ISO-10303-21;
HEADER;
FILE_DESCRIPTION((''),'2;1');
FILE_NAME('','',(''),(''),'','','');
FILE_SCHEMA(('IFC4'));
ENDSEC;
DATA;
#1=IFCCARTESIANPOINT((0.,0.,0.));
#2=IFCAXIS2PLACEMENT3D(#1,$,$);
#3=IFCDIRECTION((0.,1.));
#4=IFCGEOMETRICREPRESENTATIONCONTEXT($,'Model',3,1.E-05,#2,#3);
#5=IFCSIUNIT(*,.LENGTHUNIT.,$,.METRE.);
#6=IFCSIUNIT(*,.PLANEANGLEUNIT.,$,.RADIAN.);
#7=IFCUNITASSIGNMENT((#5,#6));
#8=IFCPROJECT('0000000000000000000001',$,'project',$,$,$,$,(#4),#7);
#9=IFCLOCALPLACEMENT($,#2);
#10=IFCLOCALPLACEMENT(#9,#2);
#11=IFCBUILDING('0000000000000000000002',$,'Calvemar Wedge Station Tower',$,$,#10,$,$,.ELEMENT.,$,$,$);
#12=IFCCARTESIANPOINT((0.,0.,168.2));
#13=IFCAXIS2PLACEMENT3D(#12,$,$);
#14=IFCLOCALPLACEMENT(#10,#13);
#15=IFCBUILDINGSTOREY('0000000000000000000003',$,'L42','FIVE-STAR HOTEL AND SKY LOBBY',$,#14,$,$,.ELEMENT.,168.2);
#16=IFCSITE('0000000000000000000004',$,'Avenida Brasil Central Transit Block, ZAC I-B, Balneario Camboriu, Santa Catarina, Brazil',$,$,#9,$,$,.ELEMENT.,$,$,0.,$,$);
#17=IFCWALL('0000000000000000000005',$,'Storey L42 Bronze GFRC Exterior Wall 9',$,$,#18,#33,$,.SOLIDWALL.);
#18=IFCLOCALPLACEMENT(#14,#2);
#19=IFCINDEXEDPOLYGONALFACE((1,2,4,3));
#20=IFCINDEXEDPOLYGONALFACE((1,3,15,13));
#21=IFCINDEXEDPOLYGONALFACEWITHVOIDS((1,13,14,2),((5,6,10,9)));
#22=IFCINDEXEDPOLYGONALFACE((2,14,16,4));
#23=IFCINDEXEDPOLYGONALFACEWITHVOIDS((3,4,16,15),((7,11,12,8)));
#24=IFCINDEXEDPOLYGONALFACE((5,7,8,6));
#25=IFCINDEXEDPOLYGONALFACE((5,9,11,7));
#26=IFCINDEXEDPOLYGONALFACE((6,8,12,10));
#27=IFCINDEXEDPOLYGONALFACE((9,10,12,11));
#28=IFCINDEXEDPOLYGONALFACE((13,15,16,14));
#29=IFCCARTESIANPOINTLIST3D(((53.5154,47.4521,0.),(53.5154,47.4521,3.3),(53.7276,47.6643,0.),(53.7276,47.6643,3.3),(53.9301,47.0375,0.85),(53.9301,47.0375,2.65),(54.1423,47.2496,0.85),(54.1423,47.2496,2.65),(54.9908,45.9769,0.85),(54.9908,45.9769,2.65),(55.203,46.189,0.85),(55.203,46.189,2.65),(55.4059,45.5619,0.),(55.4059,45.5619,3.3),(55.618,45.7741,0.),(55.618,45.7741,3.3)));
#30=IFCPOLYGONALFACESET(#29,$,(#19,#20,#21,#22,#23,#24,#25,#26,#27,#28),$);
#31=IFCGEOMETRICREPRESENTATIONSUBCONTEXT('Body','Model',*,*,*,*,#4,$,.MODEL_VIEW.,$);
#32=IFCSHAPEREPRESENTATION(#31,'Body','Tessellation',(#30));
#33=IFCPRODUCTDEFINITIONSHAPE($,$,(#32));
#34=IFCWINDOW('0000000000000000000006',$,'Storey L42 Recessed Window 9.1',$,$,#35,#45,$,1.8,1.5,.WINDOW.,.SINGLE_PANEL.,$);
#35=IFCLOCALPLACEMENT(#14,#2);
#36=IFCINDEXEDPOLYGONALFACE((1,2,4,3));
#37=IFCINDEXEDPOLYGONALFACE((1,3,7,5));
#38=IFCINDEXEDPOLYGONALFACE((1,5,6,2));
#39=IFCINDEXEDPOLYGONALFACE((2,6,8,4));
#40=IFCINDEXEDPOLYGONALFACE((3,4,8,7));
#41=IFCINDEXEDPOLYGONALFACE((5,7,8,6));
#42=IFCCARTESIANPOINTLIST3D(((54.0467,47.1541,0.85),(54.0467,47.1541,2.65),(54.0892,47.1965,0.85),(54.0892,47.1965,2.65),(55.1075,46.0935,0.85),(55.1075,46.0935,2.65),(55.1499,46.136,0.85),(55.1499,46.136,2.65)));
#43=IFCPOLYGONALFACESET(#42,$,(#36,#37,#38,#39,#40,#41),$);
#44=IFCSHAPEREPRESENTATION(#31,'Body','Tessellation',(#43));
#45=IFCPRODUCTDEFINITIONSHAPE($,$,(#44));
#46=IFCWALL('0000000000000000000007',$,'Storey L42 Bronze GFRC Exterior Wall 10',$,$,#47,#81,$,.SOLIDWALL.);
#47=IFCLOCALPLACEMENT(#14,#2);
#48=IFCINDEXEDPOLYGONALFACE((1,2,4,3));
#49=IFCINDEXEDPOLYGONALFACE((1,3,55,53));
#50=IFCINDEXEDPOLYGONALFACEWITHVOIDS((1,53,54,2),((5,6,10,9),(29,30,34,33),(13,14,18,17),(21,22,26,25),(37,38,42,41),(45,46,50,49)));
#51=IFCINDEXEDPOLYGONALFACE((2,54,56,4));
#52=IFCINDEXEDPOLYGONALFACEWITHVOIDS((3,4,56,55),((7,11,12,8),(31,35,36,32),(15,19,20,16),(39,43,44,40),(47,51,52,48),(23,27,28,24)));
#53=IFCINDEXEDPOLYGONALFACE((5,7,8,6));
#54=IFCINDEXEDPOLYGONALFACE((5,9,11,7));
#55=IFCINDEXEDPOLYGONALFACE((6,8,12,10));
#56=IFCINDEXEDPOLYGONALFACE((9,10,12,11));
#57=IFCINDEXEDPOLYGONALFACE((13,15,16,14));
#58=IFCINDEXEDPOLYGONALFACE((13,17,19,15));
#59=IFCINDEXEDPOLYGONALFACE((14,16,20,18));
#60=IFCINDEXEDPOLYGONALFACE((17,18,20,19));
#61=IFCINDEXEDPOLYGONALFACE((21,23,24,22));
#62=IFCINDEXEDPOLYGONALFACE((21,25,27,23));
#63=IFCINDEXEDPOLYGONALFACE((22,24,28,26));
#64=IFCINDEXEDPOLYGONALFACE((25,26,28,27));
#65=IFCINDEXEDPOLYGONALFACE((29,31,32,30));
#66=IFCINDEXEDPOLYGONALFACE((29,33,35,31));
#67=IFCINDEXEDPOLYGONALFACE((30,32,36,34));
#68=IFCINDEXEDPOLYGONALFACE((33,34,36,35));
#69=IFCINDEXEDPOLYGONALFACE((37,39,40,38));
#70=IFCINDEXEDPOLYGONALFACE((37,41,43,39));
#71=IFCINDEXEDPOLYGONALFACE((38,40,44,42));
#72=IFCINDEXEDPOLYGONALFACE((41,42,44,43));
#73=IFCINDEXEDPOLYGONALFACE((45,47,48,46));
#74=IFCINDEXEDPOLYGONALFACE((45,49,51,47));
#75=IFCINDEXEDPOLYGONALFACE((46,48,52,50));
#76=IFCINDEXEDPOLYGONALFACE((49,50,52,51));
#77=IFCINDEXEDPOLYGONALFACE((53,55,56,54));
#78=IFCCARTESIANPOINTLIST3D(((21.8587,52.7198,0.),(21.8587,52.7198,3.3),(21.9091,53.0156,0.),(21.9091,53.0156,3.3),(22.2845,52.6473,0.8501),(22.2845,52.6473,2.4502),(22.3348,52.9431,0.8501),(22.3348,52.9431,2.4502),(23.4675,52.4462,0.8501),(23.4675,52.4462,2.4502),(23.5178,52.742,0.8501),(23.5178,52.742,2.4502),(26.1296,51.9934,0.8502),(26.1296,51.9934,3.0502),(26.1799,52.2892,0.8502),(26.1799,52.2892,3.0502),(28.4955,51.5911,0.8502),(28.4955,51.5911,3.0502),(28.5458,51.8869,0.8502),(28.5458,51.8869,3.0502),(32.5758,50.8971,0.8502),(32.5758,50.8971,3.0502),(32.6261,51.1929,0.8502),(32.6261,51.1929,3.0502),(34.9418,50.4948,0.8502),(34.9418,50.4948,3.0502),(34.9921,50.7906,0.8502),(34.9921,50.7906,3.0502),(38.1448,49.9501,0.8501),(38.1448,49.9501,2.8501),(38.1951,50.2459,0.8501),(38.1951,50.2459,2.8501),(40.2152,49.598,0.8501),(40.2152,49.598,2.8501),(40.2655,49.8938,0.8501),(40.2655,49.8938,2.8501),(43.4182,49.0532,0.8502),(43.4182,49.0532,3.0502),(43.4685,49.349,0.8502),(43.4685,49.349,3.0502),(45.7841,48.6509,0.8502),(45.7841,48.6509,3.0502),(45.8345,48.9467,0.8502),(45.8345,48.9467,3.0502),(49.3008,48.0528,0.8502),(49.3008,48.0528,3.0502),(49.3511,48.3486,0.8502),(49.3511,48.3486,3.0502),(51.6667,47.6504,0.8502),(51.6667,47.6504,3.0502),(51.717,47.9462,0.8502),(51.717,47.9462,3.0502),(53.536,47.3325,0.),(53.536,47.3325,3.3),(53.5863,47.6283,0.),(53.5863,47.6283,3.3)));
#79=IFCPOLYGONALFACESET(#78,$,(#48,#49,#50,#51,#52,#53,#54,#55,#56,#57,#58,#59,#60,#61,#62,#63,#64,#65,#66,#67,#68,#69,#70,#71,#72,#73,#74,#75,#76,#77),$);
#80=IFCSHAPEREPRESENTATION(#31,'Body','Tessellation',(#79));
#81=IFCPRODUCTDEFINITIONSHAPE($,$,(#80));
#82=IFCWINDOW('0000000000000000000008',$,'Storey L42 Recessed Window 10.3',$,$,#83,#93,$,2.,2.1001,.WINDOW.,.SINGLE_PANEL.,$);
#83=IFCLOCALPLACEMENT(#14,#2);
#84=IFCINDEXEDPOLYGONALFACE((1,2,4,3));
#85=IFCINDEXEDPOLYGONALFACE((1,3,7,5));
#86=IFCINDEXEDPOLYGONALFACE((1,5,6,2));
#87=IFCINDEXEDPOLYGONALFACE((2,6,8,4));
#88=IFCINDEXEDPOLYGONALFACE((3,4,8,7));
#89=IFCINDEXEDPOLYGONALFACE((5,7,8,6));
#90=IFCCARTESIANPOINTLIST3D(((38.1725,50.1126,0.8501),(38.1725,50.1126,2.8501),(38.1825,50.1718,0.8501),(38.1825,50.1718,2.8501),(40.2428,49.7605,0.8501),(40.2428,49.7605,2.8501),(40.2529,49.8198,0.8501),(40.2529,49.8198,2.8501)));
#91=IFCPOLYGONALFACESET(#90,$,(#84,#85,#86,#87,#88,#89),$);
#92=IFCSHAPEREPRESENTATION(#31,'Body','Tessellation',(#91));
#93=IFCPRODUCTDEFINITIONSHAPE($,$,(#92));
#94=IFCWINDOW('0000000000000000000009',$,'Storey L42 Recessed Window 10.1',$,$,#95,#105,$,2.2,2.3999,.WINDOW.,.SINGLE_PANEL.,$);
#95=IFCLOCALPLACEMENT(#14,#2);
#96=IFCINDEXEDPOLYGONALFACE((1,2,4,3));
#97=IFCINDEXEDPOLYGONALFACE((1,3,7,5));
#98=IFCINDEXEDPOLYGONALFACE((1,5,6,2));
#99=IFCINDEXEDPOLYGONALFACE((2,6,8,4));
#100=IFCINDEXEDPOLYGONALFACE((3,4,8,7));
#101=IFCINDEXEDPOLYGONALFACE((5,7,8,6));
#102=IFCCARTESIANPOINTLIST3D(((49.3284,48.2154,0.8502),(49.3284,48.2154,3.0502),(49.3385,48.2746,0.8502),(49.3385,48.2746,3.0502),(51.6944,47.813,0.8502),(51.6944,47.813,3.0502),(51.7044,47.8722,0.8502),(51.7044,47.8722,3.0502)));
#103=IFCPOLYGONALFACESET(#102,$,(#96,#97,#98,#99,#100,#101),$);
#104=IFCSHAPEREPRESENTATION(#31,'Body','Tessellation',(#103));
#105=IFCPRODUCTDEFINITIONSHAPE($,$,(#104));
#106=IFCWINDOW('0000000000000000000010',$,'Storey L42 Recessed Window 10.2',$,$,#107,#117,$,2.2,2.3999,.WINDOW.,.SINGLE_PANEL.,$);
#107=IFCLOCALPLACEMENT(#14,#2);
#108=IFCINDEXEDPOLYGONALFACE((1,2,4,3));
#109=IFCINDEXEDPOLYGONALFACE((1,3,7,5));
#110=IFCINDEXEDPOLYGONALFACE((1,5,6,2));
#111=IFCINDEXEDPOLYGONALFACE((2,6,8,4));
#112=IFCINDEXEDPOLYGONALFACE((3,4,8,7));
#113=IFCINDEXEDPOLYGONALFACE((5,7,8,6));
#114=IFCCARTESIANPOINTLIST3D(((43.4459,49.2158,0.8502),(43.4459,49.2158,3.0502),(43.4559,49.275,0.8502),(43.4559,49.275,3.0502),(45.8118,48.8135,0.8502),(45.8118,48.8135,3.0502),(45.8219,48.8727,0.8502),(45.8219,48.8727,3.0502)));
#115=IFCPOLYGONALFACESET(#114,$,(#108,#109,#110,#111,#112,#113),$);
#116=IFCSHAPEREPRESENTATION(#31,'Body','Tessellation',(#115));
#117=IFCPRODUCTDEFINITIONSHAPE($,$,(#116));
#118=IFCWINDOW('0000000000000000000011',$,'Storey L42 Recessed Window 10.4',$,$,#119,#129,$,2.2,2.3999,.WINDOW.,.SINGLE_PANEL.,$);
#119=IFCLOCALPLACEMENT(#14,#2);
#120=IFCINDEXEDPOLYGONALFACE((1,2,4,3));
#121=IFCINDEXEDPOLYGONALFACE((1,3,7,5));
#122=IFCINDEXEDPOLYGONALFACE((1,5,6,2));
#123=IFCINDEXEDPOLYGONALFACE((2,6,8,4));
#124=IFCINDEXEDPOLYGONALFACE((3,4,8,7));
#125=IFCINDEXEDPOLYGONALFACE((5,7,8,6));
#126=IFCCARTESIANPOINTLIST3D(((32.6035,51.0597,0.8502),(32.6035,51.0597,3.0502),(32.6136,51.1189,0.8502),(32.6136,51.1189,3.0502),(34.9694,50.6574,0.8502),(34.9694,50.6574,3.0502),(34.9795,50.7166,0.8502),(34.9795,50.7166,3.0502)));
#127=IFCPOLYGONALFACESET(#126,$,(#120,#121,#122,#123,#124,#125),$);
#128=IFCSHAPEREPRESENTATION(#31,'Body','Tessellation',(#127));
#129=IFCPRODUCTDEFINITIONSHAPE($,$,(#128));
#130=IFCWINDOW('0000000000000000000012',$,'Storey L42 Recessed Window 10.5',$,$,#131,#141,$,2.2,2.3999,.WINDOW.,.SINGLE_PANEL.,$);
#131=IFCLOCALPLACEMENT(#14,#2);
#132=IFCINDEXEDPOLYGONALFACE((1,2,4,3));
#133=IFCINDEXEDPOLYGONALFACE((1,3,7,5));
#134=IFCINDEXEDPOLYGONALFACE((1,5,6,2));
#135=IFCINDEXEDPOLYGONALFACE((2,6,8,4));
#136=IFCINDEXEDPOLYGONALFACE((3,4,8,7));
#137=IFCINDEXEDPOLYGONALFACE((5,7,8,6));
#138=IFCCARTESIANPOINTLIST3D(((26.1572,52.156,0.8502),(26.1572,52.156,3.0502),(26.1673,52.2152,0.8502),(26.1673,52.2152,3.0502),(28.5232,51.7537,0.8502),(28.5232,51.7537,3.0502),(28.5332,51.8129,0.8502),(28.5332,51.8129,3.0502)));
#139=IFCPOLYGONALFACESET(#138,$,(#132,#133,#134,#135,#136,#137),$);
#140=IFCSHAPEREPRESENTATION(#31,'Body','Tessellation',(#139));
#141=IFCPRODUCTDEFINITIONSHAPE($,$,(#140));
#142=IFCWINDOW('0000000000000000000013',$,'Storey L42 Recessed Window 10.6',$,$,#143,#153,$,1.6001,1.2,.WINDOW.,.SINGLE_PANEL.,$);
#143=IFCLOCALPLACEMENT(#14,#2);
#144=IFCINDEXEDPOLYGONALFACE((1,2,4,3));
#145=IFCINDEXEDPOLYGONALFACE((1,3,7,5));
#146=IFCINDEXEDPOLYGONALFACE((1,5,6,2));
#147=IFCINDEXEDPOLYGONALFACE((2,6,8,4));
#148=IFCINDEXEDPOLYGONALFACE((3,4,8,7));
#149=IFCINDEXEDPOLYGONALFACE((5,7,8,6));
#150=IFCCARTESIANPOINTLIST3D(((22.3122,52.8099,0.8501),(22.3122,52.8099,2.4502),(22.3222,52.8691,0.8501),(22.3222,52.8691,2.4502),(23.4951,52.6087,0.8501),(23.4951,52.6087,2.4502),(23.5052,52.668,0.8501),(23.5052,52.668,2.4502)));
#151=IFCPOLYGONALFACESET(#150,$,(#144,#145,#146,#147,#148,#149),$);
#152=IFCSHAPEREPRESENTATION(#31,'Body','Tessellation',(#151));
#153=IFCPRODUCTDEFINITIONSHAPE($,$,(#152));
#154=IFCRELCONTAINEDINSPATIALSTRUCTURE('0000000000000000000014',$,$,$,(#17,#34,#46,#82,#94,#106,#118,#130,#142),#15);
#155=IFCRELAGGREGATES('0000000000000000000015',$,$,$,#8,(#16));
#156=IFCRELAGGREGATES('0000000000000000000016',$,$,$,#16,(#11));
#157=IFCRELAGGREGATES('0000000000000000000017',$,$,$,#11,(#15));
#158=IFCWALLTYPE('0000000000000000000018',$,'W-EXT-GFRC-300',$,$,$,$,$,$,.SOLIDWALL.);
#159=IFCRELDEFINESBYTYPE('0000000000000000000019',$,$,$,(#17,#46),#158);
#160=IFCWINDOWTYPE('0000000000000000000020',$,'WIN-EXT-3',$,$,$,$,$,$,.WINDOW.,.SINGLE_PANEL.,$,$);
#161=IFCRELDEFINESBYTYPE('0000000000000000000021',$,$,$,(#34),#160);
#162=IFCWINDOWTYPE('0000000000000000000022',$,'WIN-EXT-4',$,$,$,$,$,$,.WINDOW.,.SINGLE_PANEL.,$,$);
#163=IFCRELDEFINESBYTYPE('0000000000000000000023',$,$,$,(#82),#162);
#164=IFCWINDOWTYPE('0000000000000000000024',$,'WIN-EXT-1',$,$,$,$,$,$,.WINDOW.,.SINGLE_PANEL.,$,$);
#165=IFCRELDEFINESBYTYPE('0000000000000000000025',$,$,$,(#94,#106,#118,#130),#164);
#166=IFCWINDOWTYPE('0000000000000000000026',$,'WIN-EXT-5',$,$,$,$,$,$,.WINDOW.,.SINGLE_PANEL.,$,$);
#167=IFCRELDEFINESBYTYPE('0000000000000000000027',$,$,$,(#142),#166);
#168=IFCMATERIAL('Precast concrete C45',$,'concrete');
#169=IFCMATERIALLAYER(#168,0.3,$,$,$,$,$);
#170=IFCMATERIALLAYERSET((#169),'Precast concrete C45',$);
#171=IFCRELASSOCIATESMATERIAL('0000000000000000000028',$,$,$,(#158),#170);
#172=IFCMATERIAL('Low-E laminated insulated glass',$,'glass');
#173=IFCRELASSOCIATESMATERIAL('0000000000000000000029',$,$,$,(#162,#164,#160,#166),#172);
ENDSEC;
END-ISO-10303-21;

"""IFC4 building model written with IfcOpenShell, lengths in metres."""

from ifc_helpers import new_model, si_unit, direction, frame, frame_2d, origin, place, context, subcontext, project, spatial, rectangle, extrude, source, transform, mapped, material, layer, layer_set, type_object, element, fill, save


model = new_model("IFC4")

# Units and contexts
model_context = context("Model", 3, precision=1e-05, world=origin(), true_north=direction((0.0, 1.0)))
body_context = subcontext(model_context, "Body", "Model", "MODEL_VIEW")
ifc_project = project(units=[si_unit("LENGTHUNIT", "METRE"), si_unit("PLANEANGLEUNIT", "RADIAN")], contexts=[model_context])

# Site, building, storey
site_placement = place(None, origin())
site = spatial("IfcSite", under=ifc_project, at=site_placement, Name="Avenida Brasil Central Transit Block, ZAC I-B, Balneario Camboriu, Santa Catarina, Brazil", CompositionType="ELEMENT", RefElevation=0.0)
building_placement = place(site_placement, origin())
building = spatial("IfcBuilding", under=site, at=building_placement, Name="Calvemar Wedge Station Tower", CompositionType="ELEMENT")
storey_placement = place(building_placement, frame((0.0, 0.0, 168.2)))
storey = spatial("IfcBuildingStorey", under=building, at=storey_placement, Name="L42", Description="FIVE-STAR HOTEL AND SKY LOBBY", CompositionType="ELEMENT", Elevation=168.2)

# Shared definitions
ifc_material_1 = material(Name="Precast concrete C45", Category="concrete")
ifc_layer_1 = layer(ifc_material_1, 0.3)
ifc_layer_set_1 = layer_set([ifc_layer_1], Name="Precast concrete C45")
wall_type_1 = type_object("IfcWallType", Name="W-EXT-GFRC-300", PredefinedType="SOLIDWALL", material=ifc_layer_set_1)
shared_shape_1 = source(origin(), body_context, "Body", "SweptSolid", [
    extrude(rectangle(XDim=2.1001, YDim=2.0, at=frame_2d((1.05, 1.0))), frame((0.0, 0.1602, 0.0), z_axis=(0.0, -1.0, 0.0), x_axis=(1.0, 0.0, 0.0)), (0.0, 0.0, 1.0), 0.3201),
])
ifc_material_2 = material(Name="Low-E laminated insulated glass", Category="glass")
window_type_1 = type_object("IfcWindowType", Name="WIN-EXT-4", PartitioningType="SINGLE_PANEL", PredefinedType="WINDOW", material=ifc_material_2)
shared_shape_2 = source(origin(), body_context, "Body", "SweptSolid", [
    extrude(rectangle(XDim=2.1001, YDim=2.0, at=frame_2d((1.05, 1.0))), frame((0.0, -0.0149, 0.0), z_axis=(0.0, -1.0, 0.0), x_axis=(1.0, 0.0, 0.0)), (0.0, 0.0, 1.0), 0.0601),
])

# Shared definitions
shared_shape_3 = source(origin(), body_context, "Body", "SweptSolid", [
    extrude(rectangle(XDim=2.3999, YDim=2.2, at=frame_2d((1.2, 1.1001))), frame((0.0, 0.1602, 0.0), z_axis=(0.0, -1.0, 0.0), x_axis=(1.0, 0.0, 0.0)), (0.0, 0.0, 1.0), 0.3201),
])
window_type_2 = type_object("IfcWindowType", Name="WIN-EXT-1", PartitioningType="SINGLE_PANEL", PredefinedType="WINDOW", material=ifc_material_2)
shared_shape_4 = source(origin(), body_context, "Body", "SweptSolid", [
    extrude(rectangle(XDim=2.3999, YDim=2.2, at=frame_2d((1.2, 1.1001))), frame((0.0, -0.0149, 0.0), z_axis=(0.0, -1.0, 0.0), x_axis=(1.0, 0.0, 0.0)), (0.0, 0.0, 1.0), 0.0601),
])

# Wall, opening, window
wall_1_placement = place(storey_placement, frame((55.512, 45.668, 0.0), z_axis=(0.0, 0.0, 1.0), x_axis=(-0.707152, 0.707061, 0.0)))
wall_1 = element("IfcWall", 1, at=wall_1_placement, inside=storey, type_object=wall_type_1, Name="Storey L42 Bronze GFRC Exterior Wall 9", PredefinedType="SOLIDWALL", context=body_context, shape_type="SweptSolid", body=[
    extrude(rectangle(XDim=2.6733, YDim=0.3, at=frame_2d((1.3367, 0.0))), origin(), (0.0, 0.0, 1.0), 3.3),
])
shared_shape_5 = source(origin(), body_context, "Body", "SweptSolid", [
    extrude(rectangle(XDim=1.5, YDim=1.8, at=frame_2d((0.75, 0.8999))), frame((0.0, 0.1602, 0.0), z_axis=(0.0, -1.0, 0.0), x_axis=(1.0, 0.0, 0.0)), (0.0, 0.0, 1.0), 0.3201),
])
opening_1_placement = place(wall_1_placement, frame((0.5869, 0.0, 0.8501)))
opening_1 = element("IfcOpeningElement", 2, at=opening_1_placement, cuts=wall_1, PredefinedType="OPENING", context=body_context, shape_type="MappedRepresentation", body=[
    mapped(shared_shape_5, transform((0.0, 0.0, 0.0), scale=1.0)),
])
window_type_3 = type_object("IfcWindowType", Name="WIN-EXT-3", PartitioningType="SINGLE_PANEL", PredefinedType="WINDOW", material=ifc_material_2)
shared_shape_6 = source(origin(), body_context, "Body", "SweptSolid", [
    extrude(rectangle(XDim=1.5, YDim=1.8, at=frame_2d((0.75, 0.8999))), frame((0.0, -0.0149, 0.0), z_axis=(0.0, -1.0, 0.0), x_axis=(1.0, 0.0, 0.0)), (0.0, 0.0, 1.0), 0.0601),
])
window_1_placement = place(opening_1_placement, origin())
window_1 = element("IfcWindow", 3, at=window_1_placement, inside=storey, type_object=window_type_3, Name="Storey L42 Recessed Window 9.1", OverallHeight=1.8, OverallWidth=1.5, PartitioningType="SINGLE_PANEL", PredefinedType="WINDOW", context=body_context, shape_type="MappedRepresentation", body=[
    mapped(shared_shape_6, transform((0.0, 0.0, 0.0), scale=1.0)),
])
fill(opening_1, window_1)

# Wall, openings, windows
wall_2_placement = place(storey_placement, frame((53.561, 47.4805, 0.0), z_axis=(0.0, 0.0, 1.0), x_axis=(-0.985845, 0.167658, 0.0)))
wall_2 = element("IfcWall", 4, at=wall_2_placement, inside=storey, type_object=wall_type_1, Name="Storey L42 Bronze GFRC Exterior Wall 10", PredefinedType="SOLIDWALL", context=body_context, shape_type="SweptSolid", body=[
    extrude(rectangle(XDim=32.1321, YDim=0.3, at=frame_2d((16.0659, 0.0))), origin(), (0.0, 0.0, 1.0), 3.3),
])
opening_2_placement = place(wall_2_placement, frame((1.896, 0.0, 0.8501)))
opening_2 = element("IfcOpeningElement", 5, at=opening_2_placement, cuts=wall_2, PredefinedType="OPENING", context=body_context, shape_type="MappedRepresentation", body=[
    mapped(shared_shape_3, transform((0.0, 0.0, 0.0), scale=1.0)),
])
opening_3_placement = place(wall_2_placement, frame((7.863, 0.0, 0.8501)))
opening_3 = element("IfcOpeningElement", 6, at=opening_3_placement, cuts=wall_2, PredefinedType="OPENING", context=body_context, shape_type="MappedRepresentation", body=[
    mapped(shared_shape_3, transform((0.0, 0.0, 0.0), scale=1.0)),
])
opening_4_placement = place(wall_2_placement, frame((13.512, 0.0, 0.8501)))
opening_4 = element("IfcOpeningElement", 7, at=opening_4_placement, cuts=wall_2, PredefinedType="OPENING", context=body_context, shape_type="MappedRepresentation", body=[
    mapped(shared_shape_1, transform((0.0, 0.0, 0.0), scale=1.0)),
])
opening_5_placement = place(wall_2_placement, frame((18.8611, 0.0, 0.8501)))
opening_5 = element("IfcOpeningElement", 8, at=opening_5_placement, cuts=wall_2, PredefinedType="OPENING", context=body_context, shape_type="MappedRepresentation", body=[
    mapped(shared_shape_3, transform((0.0, 0.0, 0.0), scale=1.0)),
])
opening_6_placement = place(wall_2_placement, frame((25.3999, 0.0, 0.8501)))
opening_6 = element("IfcOpeningElement", 9, at=opening_6_placement, cuts=wall_2, PredefinedType="OPENING", context=body_context, shape_type="MappedRepresentation", body=[
    mapped(shared_shape_3, transform((0.0, 0.0, 0.0), scale=1.0)),
])
shared_shape_7 = source(origin(), body_context, "Body", "SweptSolid", [
    extrude(rectangle(XDim=1.2, YDim=1.6001, at=frame_2d((0.6001, 0.8))), frame((0.0, 0.1602, 0.0), z_axis=(0.0, -1.0, 0.0), x_axis=(1.0, 0.0, 0.0)), (0.0, 0.0, 1.0), 0.3201),
])
opening_7_placement = place(wall_2_placement, frame((30.5, 0.0, 0.8501)))
opening_7 = element("IfcOpeningElement", 10, at=opening_7_placement, cuts=wall_2, PredefinedType="OPENING", context=body_context, shape_type="MappedRepresentation", body=[
    mapped(shared_shape_7, transform((0.0, 0.0, 0.0), scale=1.0)),
])
window_2_placement = place(opening_4_placement, origin())
window_2 = element("IfcWindow", 11, at=window_2_placement, inside=storey, type_object=window_type_1, Name="Storey L42 Recessed Window 10.3", OverallHeight=2.0, OverallWidth=2.1001, PartitioningType="SINGLE_PANEL", PredefinedType="WINDOW", context=body_context, shape_type="MappedRepresentation", body=[
    mapped(shared_shape_2, transform((0.0, 0.0, 0.0), scale=1.0)),
])
fill(opening_4, window_2)
window_3_placement = place(opening_2_placement, origin())
window_3 = element("IfcWindow", 12, at=window_3_placement, inside=storey, type_object=window_type_2, Name="Storey L42 Recessed Window 10.1", OverallHeight=2.2, OverallWidth=2.3999, PartitioningType="SINGLE_PANEL", PredefinedType="WINDOW", context=body_context, shape_type="MappedRepresentation", body=[
    mapped(shared_shape_4, transform((0.0, 0.0, 0.0), scale=1.0)),
])
fill(opening_2, window_3)
window_4_placement = place(opening_3_placement, origin())
window_4 = element("IfcWindow", 13, at=window_4_placement, inside=storey, type_object=window_type_2, Name="Storey L42 Recessed Window 10.2", OverallHeight=2.2, OverallWidth=2.3999, PartitioningType="SINGLE_PANEL", PredefinedType="WINDOW", context=body_context, shape_type="MappedRepresentation", body=[
    mapped(shared_shape_4, transform((0.0, 0.0, 0.0), scale=1.0)),
])
fill(opening_3, window_4)
window_5_placement = place(opening_5_placement, origin())
window_5 = element("IfcWindow", 14, at=window_5_placement, inside=storey, type_object=window_type_2, Name="Storey L42 Recessed Window 10.4", OverallHeight=2.2, OverallWidth=2.3999, PartitioningType="SINGLE_PANEL", PredefinedType="WINDOW", context=body_context, shape_type="MappedRepresentation", body=[
    mapped(shared_shape_4, transform((0.0, 0.0, 0.0), scale=1.0)),
])
fill(opening_5, window_5)
window_6_placement = place(opening_6_placement, origin())
window_6 = element("IfcWindow", 15, at=window_6_placement, inside=storey, type_object=window_type_2, Name="Storey L42 Recessed Window 10.5", OverallHeight=2.2, OverallWidth=2.3999, PartitioningType="SINGLE_PANEL", PredefinedType="WINDOW", context=body_context, shape_type="MappedRepresentation", body=[
    mapped(shared_shape_4, transform((0.0, 0.0, 0.0), scale=1.0)),
])
fill(opening_6, window_6)
window_type_4 = type_object("IfcWindowType", Name="WIN-EXT-5", PartitioningType="SINGLE_PANEL", PredefinedType="WINDOW", material=ifc_material_2)
shared_shape_8 = source(origin(), body_context, "Body", "SweptSolid", [
    extrude(rectangle(XDim=1.2, YDim=1.6001, at=frame_2d((0.6001, 0.8))), frame((0.0, -0.0149, 0.0), z_axis=(0.0, -1.0, 0.0), x_axis=(1.0, 0.0, 0.0)), (0.0, 0.0, 1.0), 0.0601),
])
window_7_placement = place(opening_7_placement, origin())
window_7 = element("IfcWindow", 16, at=window_7_placement, inside=storey, type_object=window_type_4, Name="Storey L42 Recessed Window 10.6", OverallHeight=1.6001, OverallWidth=1.2, PartitioningType="SINGLE_PANEL", PredefinedType="WINDOW", context=body_context, shape_type="MappedRepresentation", body=[
    mapped(shared_shape_8, transform((0.0, 0.0, 0.0), scale=1.0)),
])
fill(opening_7, window_7)

save(model, "model.ifc")
